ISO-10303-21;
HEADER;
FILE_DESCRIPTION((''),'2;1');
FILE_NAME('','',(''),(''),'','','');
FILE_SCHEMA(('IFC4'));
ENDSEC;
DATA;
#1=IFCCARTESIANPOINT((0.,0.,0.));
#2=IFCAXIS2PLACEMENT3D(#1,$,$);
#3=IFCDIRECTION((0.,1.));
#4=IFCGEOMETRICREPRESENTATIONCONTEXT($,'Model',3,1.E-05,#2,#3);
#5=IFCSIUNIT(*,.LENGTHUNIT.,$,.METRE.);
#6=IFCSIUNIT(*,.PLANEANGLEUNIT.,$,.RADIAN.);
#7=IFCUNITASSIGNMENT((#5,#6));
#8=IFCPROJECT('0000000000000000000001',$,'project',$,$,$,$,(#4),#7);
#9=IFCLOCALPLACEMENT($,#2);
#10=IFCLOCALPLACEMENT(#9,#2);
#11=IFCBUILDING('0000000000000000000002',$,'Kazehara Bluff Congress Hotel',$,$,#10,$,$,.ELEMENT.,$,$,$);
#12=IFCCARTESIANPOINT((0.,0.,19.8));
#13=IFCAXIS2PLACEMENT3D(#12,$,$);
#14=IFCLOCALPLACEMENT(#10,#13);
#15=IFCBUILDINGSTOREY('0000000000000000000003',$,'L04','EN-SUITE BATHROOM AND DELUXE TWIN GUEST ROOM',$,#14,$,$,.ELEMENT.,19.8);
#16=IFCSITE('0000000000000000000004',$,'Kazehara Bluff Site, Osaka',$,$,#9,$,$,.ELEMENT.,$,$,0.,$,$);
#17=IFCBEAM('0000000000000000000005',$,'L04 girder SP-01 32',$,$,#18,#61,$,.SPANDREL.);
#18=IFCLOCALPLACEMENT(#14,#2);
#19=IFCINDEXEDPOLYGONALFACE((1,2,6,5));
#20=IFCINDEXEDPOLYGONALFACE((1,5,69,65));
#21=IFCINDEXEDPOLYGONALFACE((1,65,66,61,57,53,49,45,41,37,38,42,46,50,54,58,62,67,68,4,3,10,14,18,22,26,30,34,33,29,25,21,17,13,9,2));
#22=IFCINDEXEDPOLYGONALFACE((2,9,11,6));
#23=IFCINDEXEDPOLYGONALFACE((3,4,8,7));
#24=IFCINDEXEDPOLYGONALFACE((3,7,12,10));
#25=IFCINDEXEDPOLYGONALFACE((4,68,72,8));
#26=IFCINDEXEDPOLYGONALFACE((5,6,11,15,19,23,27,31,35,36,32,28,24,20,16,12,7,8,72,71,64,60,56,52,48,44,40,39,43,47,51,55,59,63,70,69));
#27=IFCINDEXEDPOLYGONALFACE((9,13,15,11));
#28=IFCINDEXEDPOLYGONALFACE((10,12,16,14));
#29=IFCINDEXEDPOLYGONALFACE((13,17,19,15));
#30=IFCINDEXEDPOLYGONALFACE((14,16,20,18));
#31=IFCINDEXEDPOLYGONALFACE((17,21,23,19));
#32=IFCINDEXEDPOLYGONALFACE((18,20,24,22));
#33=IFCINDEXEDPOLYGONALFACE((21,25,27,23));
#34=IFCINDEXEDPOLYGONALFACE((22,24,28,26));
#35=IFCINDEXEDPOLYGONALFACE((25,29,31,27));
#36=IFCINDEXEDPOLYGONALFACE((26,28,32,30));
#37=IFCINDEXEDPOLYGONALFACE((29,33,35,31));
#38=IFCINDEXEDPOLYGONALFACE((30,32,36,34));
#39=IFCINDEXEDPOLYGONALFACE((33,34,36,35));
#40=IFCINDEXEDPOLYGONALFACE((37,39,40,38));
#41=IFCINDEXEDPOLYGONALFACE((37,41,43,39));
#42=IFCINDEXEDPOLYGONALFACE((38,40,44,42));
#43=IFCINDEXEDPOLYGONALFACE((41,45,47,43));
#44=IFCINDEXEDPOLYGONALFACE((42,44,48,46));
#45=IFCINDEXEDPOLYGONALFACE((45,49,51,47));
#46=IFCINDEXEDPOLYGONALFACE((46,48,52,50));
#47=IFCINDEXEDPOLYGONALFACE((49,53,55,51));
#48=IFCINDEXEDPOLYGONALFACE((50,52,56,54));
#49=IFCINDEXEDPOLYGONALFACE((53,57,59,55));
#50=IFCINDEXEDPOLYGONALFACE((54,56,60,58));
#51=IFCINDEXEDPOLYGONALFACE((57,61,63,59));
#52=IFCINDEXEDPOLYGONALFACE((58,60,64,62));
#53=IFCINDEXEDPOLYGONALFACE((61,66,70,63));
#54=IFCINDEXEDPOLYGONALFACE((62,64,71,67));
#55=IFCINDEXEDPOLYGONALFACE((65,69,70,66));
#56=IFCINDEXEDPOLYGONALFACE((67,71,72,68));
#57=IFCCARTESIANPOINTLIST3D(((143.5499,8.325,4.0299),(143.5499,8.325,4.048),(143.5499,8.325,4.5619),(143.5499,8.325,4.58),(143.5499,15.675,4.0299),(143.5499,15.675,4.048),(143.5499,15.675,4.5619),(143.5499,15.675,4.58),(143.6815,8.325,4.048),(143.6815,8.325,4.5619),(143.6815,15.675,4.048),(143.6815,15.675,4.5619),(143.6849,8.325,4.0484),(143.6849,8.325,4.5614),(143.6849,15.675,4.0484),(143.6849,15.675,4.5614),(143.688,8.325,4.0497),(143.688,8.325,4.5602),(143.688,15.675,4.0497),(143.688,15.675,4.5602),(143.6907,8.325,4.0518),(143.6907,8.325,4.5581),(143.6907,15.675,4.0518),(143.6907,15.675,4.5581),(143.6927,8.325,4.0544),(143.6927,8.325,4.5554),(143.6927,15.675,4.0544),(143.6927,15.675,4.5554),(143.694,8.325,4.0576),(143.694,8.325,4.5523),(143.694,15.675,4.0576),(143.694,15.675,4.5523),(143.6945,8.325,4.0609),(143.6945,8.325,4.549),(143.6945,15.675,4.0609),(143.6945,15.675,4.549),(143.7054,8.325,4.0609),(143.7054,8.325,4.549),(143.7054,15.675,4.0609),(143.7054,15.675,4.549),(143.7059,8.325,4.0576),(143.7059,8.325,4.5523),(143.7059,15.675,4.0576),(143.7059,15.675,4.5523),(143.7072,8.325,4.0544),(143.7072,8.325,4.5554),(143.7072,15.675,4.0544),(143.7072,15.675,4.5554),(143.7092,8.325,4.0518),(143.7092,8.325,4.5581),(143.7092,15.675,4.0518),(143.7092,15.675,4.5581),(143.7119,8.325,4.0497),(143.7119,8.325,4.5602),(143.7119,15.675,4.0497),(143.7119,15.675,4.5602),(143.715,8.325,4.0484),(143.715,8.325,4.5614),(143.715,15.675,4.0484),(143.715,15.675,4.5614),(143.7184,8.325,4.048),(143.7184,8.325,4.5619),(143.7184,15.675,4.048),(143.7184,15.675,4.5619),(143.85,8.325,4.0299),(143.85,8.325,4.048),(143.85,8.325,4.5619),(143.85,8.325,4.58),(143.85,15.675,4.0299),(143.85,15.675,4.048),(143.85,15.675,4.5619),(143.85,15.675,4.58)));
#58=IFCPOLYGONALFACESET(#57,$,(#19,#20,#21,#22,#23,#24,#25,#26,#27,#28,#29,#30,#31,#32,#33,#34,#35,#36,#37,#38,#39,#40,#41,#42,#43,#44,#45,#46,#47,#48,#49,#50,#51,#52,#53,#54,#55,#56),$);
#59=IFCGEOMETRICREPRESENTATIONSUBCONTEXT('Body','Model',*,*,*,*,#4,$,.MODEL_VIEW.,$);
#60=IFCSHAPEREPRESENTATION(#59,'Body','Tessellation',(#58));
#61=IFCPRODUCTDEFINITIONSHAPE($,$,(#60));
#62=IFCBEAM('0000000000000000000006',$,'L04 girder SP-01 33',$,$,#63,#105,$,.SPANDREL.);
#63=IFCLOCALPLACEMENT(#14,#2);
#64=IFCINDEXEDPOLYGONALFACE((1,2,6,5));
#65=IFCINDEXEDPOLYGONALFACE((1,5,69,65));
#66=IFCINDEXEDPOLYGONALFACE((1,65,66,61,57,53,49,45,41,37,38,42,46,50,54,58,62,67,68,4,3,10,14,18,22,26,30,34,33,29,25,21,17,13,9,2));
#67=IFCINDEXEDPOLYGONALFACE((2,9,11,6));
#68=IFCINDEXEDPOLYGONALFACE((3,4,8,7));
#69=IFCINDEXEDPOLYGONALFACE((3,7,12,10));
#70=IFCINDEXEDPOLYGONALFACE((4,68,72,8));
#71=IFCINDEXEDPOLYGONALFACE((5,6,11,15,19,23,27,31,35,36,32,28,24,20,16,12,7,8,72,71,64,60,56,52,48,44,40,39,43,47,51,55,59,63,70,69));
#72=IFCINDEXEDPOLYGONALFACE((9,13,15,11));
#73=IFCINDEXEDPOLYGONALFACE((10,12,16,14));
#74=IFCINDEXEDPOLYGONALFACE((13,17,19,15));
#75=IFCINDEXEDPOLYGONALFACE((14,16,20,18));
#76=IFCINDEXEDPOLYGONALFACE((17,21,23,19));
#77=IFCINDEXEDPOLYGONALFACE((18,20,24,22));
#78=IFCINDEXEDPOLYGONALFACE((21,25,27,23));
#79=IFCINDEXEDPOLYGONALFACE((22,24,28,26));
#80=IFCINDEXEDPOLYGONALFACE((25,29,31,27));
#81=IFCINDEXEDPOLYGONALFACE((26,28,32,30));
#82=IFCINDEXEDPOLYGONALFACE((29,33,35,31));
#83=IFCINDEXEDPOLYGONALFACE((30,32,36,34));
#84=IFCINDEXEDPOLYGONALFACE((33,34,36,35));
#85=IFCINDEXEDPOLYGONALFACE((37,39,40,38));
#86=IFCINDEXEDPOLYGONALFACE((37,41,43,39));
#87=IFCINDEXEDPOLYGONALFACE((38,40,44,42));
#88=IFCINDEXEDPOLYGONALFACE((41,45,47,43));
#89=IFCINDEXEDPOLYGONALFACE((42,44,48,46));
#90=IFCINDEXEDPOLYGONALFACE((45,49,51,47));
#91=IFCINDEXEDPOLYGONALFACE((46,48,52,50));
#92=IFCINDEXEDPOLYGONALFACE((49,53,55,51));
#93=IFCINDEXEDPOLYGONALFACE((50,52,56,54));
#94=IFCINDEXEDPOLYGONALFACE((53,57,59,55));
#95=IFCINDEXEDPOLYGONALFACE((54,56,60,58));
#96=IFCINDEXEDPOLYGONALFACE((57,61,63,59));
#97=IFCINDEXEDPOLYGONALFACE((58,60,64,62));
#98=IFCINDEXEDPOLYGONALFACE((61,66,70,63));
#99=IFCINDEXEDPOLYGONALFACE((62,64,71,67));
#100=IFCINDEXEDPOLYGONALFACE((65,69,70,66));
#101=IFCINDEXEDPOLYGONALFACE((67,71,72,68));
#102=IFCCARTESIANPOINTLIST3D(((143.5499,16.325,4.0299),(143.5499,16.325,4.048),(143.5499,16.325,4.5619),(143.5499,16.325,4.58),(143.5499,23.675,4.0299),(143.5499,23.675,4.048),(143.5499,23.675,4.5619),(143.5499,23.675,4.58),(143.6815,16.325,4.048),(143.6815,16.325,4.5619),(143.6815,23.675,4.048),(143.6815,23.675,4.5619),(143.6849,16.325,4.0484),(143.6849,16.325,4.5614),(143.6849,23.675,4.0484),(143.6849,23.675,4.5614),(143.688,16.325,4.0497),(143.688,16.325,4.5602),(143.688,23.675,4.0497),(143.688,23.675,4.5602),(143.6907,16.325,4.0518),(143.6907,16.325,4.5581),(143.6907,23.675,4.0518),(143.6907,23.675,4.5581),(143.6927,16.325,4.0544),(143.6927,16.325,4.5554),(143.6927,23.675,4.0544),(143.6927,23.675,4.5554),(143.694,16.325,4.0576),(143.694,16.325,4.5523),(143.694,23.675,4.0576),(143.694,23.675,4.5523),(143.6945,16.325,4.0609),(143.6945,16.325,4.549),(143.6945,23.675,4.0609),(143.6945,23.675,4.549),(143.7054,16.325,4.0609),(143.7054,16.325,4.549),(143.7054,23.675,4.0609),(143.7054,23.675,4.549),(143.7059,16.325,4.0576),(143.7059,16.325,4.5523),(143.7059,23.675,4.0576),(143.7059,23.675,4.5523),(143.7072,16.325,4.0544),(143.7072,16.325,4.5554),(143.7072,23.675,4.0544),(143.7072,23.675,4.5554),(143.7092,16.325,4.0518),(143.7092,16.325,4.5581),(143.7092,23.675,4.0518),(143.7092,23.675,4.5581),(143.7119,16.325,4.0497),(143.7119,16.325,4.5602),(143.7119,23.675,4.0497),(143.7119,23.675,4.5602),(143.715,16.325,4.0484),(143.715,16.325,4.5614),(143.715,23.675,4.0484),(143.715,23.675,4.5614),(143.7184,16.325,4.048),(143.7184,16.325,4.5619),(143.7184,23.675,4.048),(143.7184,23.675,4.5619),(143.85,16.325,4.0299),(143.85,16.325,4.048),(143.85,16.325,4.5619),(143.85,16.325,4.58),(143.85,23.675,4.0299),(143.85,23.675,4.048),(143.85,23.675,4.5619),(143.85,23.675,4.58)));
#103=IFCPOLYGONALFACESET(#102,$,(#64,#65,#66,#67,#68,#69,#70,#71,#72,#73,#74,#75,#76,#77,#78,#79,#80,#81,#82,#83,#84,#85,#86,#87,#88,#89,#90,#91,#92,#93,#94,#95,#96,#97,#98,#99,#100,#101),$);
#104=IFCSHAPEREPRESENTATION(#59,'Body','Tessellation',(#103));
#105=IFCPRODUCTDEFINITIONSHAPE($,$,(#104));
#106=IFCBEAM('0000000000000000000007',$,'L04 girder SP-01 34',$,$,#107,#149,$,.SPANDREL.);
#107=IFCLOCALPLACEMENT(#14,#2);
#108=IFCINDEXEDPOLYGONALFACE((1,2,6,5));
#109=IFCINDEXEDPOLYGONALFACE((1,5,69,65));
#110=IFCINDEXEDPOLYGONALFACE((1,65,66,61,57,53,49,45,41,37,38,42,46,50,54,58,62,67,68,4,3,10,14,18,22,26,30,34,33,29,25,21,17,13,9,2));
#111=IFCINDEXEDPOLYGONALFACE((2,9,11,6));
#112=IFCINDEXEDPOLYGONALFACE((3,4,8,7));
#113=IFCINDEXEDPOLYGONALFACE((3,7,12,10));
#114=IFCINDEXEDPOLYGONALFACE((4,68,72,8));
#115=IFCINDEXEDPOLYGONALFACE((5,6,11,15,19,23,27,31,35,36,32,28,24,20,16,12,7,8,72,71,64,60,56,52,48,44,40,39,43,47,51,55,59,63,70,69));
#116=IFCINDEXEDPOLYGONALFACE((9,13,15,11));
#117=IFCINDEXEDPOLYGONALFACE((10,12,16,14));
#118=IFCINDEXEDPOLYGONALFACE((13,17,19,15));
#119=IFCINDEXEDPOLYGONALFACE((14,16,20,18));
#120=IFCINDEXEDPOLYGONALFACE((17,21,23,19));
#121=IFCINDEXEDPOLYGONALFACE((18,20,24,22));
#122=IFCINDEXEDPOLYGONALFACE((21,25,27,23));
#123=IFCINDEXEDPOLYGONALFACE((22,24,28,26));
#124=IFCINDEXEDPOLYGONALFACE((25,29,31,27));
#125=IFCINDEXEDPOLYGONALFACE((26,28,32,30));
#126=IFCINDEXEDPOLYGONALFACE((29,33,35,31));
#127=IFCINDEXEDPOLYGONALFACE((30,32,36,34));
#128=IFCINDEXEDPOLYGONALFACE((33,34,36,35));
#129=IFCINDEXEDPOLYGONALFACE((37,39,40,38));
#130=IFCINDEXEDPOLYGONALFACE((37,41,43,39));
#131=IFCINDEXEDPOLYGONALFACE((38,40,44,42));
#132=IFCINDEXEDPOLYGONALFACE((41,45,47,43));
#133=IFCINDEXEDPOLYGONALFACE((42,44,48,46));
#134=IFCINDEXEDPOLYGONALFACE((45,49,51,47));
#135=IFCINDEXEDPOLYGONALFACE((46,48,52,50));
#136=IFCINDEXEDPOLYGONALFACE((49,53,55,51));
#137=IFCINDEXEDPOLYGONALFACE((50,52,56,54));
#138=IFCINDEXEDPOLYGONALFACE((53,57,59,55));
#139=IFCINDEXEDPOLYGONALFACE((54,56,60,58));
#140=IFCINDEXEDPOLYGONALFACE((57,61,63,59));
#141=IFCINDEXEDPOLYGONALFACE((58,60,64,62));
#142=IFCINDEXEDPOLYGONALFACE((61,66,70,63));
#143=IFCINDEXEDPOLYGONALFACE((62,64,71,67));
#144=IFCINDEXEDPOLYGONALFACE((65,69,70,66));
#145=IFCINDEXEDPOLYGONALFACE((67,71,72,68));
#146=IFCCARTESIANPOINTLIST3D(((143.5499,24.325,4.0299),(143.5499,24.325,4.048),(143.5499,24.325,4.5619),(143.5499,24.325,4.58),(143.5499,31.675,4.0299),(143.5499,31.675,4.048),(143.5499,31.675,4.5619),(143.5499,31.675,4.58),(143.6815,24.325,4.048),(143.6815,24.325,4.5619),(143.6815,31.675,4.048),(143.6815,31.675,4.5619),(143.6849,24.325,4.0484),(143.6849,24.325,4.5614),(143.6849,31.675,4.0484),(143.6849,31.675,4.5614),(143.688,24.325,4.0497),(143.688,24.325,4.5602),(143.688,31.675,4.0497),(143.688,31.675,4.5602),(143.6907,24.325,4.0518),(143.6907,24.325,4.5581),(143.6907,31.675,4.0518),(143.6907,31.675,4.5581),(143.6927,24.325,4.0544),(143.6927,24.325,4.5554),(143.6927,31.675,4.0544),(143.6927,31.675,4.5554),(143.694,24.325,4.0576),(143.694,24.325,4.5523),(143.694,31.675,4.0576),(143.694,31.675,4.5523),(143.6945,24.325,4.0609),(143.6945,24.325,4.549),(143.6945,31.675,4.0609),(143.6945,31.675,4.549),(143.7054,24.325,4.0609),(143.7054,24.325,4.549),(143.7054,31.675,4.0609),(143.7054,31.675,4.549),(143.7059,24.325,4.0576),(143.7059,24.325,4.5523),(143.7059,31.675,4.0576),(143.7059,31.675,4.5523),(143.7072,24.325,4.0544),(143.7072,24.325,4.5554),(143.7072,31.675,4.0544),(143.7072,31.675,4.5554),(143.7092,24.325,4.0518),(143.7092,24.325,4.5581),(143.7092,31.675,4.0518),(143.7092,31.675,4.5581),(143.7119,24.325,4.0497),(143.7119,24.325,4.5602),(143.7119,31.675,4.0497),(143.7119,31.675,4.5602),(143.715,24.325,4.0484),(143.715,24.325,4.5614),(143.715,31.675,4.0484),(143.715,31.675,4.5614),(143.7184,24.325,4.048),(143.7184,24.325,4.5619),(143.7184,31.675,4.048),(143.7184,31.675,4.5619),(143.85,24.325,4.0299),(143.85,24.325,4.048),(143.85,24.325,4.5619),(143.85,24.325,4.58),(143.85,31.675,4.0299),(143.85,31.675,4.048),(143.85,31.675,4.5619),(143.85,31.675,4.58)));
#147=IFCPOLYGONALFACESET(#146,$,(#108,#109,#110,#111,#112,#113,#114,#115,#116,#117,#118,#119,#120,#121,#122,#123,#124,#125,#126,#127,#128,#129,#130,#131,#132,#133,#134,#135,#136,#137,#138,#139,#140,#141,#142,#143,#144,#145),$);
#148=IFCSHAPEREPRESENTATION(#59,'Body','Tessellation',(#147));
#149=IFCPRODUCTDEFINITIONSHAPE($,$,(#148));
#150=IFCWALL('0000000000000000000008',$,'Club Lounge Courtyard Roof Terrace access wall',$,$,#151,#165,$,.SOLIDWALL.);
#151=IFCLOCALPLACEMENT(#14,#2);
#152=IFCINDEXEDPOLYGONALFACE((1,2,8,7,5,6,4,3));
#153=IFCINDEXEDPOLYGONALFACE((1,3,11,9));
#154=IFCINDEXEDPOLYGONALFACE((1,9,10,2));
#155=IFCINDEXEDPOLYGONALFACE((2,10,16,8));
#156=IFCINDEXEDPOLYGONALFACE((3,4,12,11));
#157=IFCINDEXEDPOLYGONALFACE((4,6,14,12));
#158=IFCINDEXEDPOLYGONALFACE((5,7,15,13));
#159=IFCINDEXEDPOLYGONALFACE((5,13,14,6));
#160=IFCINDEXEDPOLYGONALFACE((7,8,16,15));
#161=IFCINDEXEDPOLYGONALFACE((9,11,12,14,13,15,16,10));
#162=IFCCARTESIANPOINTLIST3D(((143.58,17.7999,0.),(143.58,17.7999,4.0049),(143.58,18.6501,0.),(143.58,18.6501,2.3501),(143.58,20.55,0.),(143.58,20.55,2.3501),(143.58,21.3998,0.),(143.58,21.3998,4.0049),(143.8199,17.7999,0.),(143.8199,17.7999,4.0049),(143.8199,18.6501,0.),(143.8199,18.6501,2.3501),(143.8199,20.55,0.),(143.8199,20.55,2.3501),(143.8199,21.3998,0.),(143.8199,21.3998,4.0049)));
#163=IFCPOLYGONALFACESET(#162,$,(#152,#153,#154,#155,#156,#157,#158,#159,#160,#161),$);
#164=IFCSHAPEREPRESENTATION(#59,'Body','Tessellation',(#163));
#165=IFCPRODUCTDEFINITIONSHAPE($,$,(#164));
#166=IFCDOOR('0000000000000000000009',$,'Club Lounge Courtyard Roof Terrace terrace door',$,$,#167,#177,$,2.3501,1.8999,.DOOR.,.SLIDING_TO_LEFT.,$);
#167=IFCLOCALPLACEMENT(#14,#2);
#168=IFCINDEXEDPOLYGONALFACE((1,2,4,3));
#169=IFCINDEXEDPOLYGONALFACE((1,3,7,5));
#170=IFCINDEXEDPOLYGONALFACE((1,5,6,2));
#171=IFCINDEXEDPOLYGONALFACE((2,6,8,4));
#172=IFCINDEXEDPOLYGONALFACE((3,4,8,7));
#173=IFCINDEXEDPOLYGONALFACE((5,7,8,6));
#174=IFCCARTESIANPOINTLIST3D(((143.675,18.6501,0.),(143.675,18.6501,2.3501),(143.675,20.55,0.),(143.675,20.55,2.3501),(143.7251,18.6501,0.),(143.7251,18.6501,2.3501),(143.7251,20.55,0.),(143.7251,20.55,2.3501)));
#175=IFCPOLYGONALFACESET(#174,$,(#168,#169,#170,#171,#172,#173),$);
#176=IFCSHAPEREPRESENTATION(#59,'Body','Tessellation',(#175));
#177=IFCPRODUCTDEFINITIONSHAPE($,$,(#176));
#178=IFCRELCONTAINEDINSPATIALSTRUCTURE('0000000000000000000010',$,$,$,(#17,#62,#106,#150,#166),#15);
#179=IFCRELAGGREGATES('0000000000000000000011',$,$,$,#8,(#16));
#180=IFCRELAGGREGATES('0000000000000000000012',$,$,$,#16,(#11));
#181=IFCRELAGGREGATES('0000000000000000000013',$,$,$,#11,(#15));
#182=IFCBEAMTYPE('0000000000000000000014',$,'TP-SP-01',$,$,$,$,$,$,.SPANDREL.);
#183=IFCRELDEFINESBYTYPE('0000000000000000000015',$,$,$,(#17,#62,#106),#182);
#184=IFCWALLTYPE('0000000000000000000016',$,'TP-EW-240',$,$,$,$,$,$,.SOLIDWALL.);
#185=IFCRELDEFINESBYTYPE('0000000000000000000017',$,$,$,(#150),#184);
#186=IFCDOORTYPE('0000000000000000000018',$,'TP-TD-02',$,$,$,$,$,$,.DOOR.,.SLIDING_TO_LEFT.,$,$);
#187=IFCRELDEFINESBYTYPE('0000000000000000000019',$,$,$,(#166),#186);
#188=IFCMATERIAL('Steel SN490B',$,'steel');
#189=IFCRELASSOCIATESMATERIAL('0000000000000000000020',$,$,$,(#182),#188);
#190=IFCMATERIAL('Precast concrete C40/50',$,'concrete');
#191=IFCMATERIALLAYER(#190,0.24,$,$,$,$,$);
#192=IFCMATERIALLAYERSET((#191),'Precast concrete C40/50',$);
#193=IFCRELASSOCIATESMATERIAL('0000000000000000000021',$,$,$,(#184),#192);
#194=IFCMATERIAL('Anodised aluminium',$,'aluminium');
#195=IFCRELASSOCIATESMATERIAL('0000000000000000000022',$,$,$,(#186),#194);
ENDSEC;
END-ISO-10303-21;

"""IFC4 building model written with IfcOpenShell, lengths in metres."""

from ifc_helpers import new_model, si_unit, direction, frame, frame_2d, origin, origin_2d, place, context, subcontext, project, spatial, rectangle, i_section, extrude, material, layer, layer_set, material_profile, profile_set, type_object, element, fill, save


model = new_model("IFC4")

# Units and contexts
model_context = context("Model", 3, precision=1e-05, world=origin(), true_north=direction((0.0, 1.0)))
body_context = subcontext(model_context, "Body", "Model", "MODEL_VIEW")
ifc_project = project(units=[si_unit("LENGTHUNIT", "METRE"), si_unit("PLANEANGLEUNIT", "RADIAN")], contexts=[model_context])

# Site, building, storey
site_placement = place(None, origin())
site = spatial("IfcSite", under=ifc_project, at=site_placement, Name="Kazehara Bluff Site, Osaka", CompositionType="ELEMENT", RefElevation=0.0)
building_placement = place(site_placement, origin())
building = spatial("IfcBuilding", under=site, at=building_placement, Name="Kazehara Bluff Congress Hotel", CompositionType="ELEMENT")
storey_placement = place(building_placement, frame((0.0, 0.0, 19.8)))
storey = spatial("IfcBuildingStorey", under=building, at=storey_placement, Name="L04", Description="EN-SUITE BATHROOM AND DELUXE TWIN GUEST ROOM", CompositionType="ELEMENT", Elevation=19.8)

# Beams
ifc_material_1 = material(Name="Steel SN490B", Category="steel")
ifc_material_profile_1 = material_profile(ifc_material_1, i_section(OverallWidth=0.3, OverallDepth=0.55, WebThickness=0.011, FlangeThickness=0.0181, FilletRadius=0.0129, at=origin_2d()))
ifc_profile_set_1 = profile_set([ifc_material_profile_1], Name="Steel SN490B")
beam_type = type_object("IfcBeamType", Name="TP-SP-01", PredefinedType="SPANDREL", material=ifc_profile_set_1)
for number, where, z_axis, x_axis, name in (
    (1, (143.7, 8.325, 4.3049), (0.0, 1.0, 0.0), (-1.0, 0.0, 0.0), "L04 girder SP-01 32"),
    (2, (143.7, 16.325, 4.3049), (0.0, 1.0, 0.0), (-1.0, 0.0, 0.0), "L04 girder SP-01 33"),
    (3, (143.7, 24.325, 4.3049), (0.0, 1.0, 0.0), (-1.0, 0.0, 0.0), "L04 girder SP-01 34"),
):
    element("IfcBeam", number, at=place(storey_placement, frame(where, z_axis=z_axis, x_axis=x_axis)), inside=storey, type_object=beam_type, Name=name, PredefinedType="SPANDREL", context=body_context, shape_type="SweptSolid", body=[
        extrude(i_section(OverallWidth=0.3, OverallDepth=0.55, WebThickness=0.011, FlangeThickness=0.0181, FilletRadius=0.0129, at=origin_2d()), origin(), (0.0, 0.0, 1.0), 7.3501),
    ])

# Wall, opening, door
ifc_material_2 = material(Name="Precast concrete C40/50", Category="concrete")
ifc_layer_1 = layer(ifc_material_2, 0.24)
ifc_layer_set_1 = layer_set([ifc_layer_1], Name="Precast concrete C40/50")
wall_type_1 = type_object("IfcWallType", Name="TP-EW-240", PredefinedType="SOLIDWALL", material=ifc_layer_set_1)
wall_1_placement = place(storey_placement, frame((143.7, 17.8, 0.0), z_axis=(0.0, 0.0, 1.0), x_axis=(0.0, 1.0, 0.0)))
wall_1 = element("IfcWall", 4, at=wall_1_placement, inside=storey, type_object=wall_type_1, Name="Club Lounge Courtyard Roof Terrace access wall", PredefinedType="SOLIDWALL", context=body_context, shape_type="SweptSolid", body=[
    extrude(rectangle(XDim=3.5999, YDim=0.24, at=frame_2d((1.7998, 0.0))), origin(), (0.0, 0.0, 1.0), 4.0049),
])
opening_1_placement = place(wall_1_placement, frame((0.8501, 0.0, 0.0)))
opening_1 = element("IfcOpeningElement", 5, at=opening_1_placement, cuts=wall_1, PredefinedType="OPENING", context=body_context, shape_type="SweptSolid", body=[
    extrude(rectangle(XDim=1.8999, YDim=2.3501, at=frame_2d((0.95, 1.175))), frame((0.0, 0.1299, 0.0), z_axis=(0.0, -1.0, 0.0), x_axis=(1.0, 0.0, 0.0)), (0.0, 0.0, 1.0), 0.26),
])
ifc_material_3 = material(Name="Anodised aluminium", Category="aluminium")
door_type = type_object("IfcDoorType", Name="TP-TD-02", OperationType="SLIDING_TO_LEFT", PredefinedType="DOOR", material=ifc_material_3)
door_placement = place(opening_1_placement, origin())
door = element("IfcDoor", 6, at=door_placement, inside=storey, type_object=door_type, Name="Club Lounge Courtyard Roof Terrace terrace door", OperationType="SLIDING_TO_LEFT", OverallHeight=2.3501, OverallWidth=1.8999, PredefinedType="DOOR", context=body_context, shape_type="SweptSolid", body=[
    extrude(rectangle(XDim=1.8999, YDim=2.3501, at=frame_2d((0.95, 1.175))), frame((0.0, 0.0249, 0.0), z_axis=(0.0, -1.0, 0.0), x_axis=(1.0, 0.0, 0.0)), (0.0, 0.0, 1.0), 0.05),
])
fill(opening_1, door)

save(model, "model.ifc")
